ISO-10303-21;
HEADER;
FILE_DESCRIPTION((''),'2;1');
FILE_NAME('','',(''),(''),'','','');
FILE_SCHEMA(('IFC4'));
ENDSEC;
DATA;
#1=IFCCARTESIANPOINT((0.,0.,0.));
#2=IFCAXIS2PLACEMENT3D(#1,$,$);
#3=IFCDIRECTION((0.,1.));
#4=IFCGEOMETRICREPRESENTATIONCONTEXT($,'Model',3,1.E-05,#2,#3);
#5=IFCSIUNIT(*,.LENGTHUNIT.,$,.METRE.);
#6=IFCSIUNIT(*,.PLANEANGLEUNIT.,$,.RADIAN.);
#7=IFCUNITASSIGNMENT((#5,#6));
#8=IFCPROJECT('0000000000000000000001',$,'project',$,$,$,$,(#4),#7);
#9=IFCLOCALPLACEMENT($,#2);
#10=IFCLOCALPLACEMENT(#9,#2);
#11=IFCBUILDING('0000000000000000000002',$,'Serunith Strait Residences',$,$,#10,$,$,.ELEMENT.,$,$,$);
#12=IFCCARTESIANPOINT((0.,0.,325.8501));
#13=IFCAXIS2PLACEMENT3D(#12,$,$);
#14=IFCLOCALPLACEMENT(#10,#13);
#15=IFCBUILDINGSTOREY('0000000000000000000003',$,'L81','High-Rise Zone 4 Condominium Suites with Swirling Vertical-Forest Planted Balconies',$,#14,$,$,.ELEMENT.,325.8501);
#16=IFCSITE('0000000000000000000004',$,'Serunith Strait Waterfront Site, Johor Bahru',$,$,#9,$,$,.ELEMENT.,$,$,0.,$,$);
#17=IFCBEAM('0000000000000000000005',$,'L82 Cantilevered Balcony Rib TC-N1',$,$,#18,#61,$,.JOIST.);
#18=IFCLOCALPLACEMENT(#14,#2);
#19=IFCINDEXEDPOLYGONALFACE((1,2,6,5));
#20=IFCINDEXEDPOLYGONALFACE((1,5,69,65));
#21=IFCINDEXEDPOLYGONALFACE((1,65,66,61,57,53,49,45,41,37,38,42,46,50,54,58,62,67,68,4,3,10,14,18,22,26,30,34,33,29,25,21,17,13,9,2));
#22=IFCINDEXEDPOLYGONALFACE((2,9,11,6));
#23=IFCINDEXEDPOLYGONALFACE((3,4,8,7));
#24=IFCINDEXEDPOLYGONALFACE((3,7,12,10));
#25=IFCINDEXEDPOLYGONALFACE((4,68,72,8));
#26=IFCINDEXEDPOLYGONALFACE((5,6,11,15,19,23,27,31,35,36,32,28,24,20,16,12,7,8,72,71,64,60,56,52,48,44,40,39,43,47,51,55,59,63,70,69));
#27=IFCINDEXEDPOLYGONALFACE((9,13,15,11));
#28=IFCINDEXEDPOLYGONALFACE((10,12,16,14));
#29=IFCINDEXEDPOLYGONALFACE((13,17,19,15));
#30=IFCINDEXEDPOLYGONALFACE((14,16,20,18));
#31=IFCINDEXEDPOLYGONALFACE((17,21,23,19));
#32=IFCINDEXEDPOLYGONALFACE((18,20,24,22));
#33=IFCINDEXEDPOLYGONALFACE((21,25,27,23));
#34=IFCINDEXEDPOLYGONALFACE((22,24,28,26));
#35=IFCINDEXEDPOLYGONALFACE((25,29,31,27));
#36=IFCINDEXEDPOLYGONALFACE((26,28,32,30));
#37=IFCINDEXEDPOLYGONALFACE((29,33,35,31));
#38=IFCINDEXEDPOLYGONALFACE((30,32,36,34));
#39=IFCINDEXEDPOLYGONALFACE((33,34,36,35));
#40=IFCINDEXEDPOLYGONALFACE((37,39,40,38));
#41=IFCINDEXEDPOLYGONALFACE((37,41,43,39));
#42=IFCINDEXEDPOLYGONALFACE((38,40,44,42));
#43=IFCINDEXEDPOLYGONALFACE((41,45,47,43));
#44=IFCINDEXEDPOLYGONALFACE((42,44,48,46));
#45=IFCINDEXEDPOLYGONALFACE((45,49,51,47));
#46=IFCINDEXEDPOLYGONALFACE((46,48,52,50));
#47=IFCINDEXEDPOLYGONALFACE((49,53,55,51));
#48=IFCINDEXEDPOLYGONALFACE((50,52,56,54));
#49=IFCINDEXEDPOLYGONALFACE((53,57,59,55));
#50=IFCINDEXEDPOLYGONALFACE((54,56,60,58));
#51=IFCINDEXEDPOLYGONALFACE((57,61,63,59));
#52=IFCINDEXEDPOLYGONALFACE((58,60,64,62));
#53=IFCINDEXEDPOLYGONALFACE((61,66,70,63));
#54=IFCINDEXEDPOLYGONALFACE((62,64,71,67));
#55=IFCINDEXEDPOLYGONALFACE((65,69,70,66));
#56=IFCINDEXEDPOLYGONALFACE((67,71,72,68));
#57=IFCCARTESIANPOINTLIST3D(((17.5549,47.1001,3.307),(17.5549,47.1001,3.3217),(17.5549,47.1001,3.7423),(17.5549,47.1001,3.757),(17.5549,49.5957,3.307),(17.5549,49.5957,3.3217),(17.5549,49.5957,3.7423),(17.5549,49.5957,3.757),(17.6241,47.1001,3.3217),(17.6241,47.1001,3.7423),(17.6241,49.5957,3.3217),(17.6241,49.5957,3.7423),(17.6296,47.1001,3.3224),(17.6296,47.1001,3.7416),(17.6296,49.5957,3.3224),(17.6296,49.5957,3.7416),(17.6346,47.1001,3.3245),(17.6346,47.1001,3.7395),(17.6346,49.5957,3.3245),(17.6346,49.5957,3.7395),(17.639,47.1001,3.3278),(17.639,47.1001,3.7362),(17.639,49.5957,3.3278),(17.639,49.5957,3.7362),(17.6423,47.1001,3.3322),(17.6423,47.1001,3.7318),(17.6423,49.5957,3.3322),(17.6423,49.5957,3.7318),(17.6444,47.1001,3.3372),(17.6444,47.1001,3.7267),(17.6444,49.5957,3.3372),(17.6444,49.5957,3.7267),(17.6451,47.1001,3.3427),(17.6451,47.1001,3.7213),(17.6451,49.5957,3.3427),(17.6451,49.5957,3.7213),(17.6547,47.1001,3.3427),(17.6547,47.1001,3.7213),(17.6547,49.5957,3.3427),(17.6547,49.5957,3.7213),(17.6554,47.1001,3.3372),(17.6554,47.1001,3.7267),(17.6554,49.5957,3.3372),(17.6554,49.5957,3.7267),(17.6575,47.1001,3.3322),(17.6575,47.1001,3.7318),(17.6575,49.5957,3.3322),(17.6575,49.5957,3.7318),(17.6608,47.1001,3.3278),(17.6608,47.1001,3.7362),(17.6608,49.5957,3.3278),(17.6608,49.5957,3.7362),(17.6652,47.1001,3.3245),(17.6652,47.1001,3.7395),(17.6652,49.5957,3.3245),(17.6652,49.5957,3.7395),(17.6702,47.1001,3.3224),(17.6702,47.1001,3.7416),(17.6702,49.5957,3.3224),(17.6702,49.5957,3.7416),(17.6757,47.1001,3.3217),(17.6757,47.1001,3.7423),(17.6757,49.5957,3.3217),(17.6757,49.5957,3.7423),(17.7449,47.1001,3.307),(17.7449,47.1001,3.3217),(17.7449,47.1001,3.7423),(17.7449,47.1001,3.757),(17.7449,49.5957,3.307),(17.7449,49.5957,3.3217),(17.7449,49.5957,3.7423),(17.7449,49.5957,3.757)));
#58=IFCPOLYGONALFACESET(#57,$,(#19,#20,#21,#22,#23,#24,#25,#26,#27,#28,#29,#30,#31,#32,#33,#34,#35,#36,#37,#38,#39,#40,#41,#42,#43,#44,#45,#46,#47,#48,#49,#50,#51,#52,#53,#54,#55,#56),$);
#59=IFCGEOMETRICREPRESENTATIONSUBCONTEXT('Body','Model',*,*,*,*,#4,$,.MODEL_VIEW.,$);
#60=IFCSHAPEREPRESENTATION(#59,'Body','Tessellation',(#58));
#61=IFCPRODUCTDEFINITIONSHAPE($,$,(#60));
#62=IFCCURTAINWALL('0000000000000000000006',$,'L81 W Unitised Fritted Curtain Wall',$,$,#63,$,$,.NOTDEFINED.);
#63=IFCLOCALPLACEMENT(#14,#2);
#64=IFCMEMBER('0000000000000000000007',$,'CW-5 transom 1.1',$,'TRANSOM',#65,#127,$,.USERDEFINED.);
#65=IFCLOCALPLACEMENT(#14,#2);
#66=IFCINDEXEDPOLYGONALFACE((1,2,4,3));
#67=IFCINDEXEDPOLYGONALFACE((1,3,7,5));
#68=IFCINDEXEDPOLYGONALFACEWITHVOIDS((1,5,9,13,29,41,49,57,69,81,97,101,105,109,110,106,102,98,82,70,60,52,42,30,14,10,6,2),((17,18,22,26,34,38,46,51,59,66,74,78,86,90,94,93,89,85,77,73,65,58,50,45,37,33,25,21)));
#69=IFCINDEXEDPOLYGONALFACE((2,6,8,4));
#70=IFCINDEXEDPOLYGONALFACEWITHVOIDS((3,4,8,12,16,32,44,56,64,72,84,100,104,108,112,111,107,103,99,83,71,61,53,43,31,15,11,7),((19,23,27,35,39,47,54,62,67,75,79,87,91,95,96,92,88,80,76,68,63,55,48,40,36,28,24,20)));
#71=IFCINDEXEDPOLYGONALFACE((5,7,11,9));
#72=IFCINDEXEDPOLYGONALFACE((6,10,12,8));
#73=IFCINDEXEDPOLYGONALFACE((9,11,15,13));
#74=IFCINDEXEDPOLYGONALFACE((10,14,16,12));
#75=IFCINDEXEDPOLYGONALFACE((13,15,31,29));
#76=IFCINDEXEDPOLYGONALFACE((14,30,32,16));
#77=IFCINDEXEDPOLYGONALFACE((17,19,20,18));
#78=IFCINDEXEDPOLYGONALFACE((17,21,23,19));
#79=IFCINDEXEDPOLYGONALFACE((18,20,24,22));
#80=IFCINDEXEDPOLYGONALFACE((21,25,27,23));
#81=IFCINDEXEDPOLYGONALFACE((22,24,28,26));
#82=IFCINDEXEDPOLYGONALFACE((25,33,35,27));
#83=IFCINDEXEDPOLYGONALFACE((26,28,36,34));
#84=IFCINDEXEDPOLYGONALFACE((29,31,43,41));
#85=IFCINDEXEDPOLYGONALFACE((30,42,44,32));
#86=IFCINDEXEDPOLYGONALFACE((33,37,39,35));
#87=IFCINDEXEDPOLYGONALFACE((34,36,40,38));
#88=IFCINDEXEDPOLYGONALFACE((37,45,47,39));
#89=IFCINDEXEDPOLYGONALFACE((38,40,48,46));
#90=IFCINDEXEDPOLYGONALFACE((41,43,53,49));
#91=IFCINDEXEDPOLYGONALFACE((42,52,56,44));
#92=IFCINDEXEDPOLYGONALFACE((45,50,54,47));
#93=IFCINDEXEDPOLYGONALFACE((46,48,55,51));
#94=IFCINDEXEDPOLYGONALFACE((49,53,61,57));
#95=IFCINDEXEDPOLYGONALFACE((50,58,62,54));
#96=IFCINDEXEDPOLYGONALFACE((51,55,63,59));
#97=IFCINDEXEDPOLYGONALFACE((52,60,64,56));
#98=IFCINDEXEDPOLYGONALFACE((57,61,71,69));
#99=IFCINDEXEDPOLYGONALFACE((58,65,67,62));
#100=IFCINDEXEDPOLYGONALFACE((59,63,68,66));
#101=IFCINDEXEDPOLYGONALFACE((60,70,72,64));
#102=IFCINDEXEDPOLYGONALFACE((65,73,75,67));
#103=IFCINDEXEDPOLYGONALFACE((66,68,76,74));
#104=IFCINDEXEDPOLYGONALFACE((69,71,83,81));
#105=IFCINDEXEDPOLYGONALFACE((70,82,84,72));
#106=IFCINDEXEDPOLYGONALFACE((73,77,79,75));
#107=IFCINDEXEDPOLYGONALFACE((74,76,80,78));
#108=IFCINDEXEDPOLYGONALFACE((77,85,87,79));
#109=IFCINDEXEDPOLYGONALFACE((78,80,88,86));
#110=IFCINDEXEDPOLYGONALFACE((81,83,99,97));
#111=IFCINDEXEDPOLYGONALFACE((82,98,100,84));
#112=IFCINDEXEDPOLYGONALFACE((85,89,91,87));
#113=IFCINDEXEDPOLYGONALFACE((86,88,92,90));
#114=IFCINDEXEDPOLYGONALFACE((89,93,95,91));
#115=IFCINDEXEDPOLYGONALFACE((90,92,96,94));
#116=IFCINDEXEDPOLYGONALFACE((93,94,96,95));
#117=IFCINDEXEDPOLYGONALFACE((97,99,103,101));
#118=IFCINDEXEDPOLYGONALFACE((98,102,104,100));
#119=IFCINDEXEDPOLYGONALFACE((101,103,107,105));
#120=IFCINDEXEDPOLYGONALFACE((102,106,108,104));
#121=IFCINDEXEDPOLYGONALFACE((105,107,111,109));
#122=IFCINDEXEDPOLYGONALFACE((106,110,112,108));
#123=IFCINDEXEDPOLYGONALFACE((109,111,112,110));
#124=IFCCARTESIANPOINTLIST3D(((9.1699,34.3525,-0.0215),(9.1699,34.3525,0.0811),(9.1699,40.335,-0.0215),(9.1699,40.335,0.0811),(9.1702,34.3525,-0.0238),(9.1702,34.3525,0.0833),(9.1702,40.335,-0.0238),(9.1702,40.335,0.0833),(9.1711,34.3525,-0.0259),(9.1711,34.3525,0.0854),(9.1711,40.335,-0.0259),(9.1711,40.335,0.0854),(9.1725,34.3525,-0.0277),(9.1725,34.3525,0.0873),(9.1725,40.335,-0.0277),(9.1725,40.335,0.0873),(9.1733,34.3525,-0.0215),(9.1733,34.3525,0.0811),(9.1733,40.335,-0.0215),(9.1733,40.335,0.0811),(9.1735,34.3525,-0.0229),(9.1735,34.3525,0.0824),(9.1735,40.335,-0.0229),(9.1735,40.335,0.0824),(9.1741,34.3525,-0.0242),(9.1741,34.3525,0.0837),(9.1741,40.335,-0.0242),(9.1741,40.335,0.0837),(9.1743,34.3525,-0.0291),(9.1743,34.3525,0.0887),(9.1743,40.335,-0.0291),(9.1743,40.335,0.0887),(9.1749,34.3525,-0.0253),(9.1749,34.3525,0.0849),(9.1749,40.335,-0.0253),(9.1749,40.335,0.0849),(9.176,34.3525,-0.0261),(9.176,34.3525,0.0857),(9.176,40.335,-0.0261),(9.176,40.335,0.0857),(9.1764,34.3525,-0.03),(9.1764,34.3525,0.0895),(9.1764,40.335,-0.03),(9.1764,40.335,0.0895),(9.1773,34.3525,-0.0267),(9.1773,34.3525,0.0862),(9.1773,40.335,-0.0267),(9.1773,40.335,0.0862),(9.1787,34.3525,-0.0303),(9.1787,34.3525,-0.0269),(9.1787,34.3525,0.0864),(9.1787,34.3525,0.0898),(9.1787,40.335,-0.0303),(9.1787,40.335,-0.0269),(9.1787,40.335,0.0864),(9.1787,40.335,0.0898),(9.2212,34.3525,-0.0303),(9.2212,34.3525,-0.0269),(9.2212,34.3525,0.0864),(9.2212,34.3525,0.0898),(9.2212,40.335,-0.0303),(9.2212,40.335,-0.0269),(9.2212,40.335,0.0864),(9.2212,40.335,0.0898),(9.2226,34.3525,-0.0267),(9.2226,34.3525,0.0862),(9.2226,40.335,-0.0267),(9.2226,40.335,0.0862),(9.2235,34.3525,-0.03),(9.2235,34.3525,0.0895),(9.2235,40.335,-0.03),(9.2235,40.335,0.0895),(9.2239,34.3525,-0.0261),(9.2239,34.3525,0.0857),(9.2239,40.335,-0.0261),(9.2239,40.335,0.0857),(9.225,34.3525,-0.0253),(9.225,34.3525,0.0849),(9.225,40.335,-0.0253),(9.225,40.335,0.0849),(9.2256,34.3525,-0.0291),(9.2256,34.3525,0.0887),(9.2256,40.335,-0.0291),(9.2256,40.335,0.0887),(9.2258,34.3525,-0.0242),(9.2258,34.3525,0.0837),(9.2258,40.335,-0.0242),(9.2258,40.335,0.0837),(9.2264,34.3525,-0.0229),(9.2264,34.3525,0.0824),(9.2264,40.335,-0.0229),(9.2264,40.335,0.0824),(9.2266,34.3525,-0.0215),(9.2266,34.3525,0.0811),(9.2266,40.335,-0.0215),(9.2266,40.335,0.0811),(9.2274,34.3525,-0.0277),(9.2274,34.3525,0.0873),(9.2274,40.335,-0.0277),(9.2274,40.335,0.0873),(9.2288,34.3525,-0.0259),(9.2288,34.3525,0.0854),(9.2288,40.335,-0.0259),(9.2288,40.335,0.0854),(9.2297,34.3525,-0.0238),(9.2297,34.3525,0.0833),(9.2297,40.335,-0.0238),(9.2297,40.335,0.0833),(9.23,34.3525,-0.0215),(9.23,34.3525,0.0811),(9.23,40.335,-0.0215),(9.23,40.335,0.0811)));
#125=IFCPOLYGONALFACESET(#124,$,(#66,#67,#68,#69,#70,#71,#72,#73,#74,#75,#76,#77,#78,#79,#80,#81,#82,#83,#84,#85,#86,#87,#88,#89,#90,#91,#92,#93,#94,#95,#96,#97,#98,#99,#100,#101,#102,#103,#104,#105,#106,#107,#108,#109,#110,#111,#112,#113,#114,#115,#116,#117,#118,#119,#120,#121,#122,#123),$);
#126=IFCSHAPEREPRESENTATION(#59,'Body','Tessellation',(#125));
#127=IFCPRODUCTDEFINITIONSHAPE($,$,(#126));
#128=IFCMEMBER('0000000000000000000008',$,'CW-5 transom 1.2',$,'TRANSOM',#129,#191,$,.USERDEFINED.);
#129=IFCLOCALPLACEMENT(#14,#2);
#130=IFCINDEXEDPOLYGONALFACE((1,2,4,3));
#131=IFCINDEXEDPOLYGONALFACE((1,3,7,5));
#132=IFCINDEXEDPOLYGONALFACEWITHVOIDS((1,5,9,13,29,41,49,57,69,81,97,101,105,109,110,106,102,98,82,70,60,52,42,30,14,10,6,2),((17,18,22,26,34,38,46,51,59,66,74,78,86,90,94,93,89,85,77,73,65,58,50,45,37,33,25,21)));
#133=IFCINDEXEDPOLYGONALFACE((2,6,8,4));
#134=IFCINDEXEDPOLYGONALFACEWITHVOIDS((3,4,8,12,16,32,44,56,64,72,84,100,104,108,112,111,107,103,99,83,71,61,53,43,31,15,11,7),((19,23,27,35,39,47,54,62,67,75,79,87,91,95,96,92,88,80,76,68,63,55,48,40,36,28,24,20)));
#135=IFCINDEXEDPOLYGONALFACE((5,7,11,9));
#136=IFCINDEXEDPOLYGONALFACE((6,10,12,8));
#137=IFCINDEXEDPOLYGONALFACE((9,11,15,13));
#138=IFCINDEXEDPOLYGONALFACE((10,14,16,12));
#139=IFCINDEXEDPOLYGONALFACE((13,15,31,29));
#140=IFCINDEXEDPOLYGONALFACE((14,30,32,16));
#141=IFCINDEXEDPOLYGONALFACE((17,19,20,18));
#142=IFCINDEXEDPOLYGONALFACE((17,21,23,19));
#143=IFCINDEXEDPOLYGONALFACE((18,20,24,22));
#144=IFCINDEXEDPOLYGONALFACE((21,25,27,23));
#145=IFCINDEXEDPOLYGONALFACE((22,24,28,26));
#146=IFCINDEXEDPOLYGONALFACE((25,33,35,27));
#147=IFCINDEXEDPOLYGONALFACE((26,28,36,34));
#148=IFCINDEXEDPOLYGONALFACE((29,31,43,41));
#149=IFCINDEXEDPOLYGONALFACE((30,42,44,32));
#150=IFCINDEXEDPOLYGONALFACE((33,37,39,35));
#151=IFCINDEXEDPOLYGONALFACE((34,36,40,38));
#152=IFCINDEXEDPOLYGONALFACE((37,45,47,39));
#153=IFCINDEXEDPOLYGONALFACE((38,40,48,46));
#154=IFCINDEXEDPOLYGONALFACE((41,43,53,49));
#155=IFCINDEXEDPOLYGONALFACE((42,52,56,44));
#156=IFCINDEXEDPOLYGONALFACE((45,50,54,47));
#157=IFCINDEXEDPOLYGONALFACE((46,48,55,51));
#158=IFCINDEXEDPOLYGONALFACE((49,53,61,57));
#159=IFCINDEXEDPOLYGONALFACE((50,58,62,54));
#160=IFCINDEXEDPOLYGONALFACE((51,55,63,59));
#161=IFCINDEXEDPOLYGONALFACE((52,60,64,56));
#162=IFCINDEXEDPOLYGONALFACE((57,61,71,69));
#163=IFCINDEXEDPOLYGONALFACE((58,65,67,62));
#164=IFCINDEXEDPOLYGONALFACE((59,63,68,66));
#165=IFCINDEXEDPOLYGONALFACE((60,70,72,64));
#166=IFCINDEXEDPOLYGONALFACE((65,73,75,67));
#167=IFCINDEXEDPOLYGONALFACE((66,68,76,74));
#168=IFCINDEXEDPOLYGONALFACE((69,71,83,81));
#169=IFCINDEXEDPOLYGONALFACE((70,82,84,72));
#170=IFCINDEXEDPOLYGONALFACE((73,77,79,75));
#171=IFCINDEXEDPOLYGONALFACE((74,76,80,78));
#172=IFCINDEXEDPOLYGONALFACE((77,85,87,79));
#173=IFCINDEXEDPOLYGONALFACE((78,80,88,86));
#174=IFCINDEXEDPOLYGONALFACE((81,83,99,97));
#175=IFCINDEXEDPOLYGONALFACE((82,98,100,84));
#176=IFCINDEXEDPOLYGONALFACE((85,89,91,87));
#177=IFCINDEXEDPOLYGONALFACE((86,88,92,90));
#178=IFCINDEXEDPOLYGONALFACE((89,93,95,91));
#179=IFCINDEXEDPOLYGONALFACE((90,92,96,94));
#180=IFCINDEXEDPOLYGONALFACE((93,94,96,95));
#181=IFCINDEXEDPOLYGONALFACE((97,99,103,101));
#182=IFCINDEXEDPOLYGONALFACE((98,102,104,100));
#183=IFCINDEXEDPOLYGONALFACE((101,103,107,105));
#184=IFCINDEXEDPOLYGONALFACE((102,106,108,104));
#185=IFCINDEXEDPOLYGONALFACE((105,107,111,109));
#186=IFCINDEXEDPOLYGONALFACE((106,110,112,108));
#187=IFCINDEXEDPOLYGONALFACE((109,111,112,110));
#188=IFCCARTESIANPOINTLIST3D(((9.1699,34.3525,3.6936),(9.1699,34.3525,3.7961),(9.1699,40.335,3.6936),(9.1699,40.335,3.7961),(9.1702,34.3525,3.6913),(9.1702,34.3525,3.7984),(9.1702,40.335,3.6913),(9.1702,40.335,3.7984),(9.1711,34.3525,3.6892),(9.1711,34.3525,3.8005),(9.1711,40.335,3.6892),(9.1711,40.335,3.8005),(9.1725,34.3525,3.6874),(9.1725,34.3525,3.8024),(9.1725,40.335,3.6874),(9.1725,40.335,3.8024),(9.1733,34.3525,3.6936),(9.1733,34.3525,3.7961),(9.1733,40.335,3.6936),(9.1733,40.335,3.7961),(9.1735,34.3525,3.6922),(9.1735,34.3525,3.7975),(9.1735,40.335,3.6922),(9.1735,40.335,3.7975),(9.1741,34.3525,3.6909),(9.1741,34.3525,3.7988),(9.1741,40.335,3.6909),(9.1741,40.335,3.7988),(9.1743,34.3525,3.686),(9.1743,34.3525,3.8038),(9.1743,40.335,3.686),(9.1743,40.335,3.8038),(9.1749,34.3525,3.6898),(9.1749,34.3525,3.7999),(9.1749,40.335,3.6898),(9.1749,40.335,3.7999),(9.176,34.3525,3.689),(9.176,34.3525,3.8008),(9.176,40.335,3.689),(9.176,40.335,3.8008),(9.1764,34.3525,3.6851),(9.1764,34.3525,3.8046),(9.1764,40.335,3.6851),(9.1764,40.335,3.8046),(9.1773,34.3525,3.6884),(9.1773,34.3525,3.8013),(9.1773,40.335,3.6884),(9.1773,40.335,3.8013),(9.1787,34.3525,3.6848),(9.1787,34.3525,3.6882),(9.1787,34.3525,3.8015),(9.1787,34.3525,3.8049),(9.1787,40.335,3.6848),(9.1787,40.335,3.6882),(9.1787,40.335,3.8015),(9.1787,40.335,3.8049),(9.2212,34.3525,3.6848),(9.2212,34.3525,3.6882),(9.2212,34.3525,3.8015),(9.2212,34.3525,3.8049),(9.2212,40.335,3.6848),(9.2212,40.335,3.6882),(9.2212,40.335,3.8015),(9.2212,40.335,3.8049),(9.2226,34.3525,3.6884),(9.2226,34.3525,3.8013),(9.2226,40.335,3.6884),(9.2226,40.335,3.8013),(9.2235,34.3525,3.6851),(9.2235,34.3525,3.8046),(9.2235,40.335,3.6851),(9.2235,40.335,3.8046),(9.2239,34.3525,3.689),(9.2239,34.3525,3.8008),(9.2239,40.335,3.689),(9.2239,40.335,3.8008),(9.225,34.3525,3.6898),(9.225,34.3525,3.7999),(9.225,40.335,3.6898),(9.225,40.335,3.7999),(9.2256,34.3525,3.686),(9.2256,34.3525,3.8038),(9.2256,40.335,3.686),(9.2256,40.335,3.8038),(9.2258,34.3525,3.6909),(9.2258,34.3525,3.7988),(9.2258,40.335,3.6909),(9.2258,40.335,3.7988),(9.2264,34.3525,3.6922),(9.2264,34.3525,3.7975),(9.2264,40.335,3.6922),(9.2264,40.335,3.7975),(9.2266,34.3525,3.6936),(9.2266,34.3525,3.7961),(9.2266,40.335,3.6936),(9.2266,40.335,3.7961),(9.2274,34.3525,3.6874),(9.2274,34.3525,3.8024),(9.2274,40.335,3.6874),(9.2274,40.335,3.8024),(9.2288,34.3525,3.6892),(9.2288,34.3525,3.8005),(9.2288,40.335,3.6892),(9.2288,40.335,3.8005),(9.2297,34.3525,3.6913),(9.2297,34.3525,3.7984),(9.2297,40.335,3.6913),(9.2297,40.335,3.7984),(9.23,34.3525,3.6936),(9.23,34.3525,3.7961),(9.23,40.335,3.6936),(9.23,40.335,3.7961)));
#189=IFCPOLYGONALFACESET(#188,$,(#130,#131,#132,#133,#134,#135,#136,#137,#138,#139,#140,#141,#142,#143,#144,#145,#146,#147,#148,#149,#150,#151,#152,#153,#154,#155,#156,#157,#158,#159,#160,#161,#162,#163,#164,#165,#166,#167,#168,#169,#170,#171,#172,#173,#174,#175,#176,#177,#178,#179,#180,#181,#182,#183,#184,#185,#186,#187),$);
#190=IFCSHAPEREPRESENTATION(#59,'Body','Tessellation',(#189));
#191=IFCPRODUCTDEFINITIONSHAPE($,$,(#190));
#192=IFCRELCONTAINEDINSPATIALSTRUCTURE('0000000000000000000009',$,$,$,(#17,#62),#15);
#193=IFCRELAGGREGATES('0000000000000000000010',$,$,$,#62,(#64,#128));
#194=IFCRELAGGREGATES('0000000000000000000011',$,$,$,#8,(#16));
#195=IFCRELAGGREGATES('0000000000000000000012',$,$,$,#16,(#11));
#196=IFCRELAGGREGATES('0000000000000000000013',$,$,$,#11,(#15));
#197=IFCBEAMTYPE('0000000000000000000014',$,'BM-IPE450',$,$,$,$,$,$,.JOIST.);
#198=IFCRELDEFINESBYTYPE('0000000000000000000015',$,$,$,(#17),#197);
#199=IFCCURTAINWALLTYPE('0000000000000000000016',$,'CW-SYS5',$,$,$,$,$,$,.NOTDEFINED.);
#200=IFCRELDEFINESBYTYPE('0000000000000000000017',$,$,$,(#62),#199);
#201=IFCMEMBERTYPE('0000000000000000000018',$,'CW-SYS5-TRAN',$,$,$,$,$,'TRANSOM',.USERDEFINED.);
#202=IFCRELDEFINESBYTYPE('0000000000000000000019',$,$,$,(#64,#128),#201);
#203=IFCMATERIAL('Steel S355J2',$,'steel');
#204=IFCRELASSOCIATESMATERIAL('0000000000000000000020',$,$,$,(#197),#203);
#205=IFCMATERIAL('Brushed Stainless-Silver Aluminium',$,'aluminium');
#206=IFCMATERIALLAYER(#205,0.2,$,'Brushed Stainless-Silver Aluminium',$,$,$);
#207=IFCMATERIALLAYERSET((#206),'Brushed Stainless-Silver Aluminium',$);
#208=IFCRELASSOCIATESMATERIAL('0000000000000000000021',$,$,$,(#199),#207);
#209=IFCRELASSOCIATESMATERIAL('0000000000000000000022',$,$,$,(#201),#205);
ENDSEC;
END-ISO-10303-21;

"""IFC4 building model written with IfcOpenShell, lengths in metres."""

from ifc_helpers import new_model, si_unit, direction, frame, origin, origin_2d, place, context, subcontext, project, spatial, hollow_rectangle, i_section, extrude, source, transform, mapped, material, layer, layer_set, material_profile, profile_set, type_object, element, aggregate, save


model = new_model("IFC4")

# Units and contexts
model_context = context("Model", 3, precision=1e-05, world=origin(), true_north=direction((0.0, 1.0)))
body_context = subcontext(model_context, "Body", "Model", "MODEL_VIEW")
ifc_project = project(units=[si_unit("LENGTHUNIT", "METRE"), si_unit("PLANEANGLEUNIT", "RADIAN")], contexts=[model_context])

# Site, building, storey
site_placement = place(None, origin())
site = spatial("IfcSite", under=ifc_project, at=site_placement, Name="Serunith Strait Waterfront Site, Johor Bahru", CompositionType="ELEMENT", RefElevation=0.0)
building_placement = place(site_placement, origin())
building = spatial("IfcBuilding", under=site, at=building_placement, Name="Serunith Strait Residences", CompositionType="ELEMENT")
storey_placement = place(building_placement, frame((0.0, 0.0, 325.8501)))
storey = spatial("IfcBuildingStorey", under=building, at=storey_placement, Name="L81", Description="High-Rise Zone 4 Condominium Suites with Swirling Vertical-Forest Planted Balconies", CompositionType="ELEMENT", Elevation=325.8501)

# Beam
ifc_material_1 = material(Name="Steel S355J2", Category="steel")
ifc_material_profile_1 = material_profile(ifc_material_1, i_section(OverallWidth=0.1899, OverallDepth=0.45, WebThickness=0.0095, FlangeThickness=0.0146, FilletRadius=0.021, at=origin_2d()), Name="IPE 450")
ifc_profile_set_1 = profile_set([ifc_material_profile_1], Name="Steel S355J2")
beam_type_1 = type_object("IfcBeamType", Name="BM-IPE450", PredefinedType="JOIST", material=ifc_profile_set_1)
shared_shape_1 = source(origin(), body_context, "Body", "SweptSolid", [
    extrude(i_section(OverallWidth=0.1899, OverallDepth=0.45, WebThickness=0.0095, FlangeThickness=0.0146, FilletRadius=0.021, at=origin_2d()), origin(), (0.0, 0.0, 1.0), 2.4956),
])
beam_1_placement = place(storey_placement, frame((17.6499, 47.1001, 3.532), z_axis=(0.0, 1.0, 0.0), x_axis=(-1.0, 0.0, 0.0)))
element("IfcBeam", 1, at=beam_1_placement, inside=storey, type_object=beam_type_1, Name="L82 Cantilevered Balcony Rib TC-N1", PredefinedType="JOIST", context=body_context, shape_type="MappedRepresentation", body=[
    mapped(shared_shape_1, transform((0.0, 0.0, 0.0), scale=1.0)),
])

# Curtain wall, members
ifc_material_2 = material(Name="Brushed Stainless-Silver Aluminium", Category="aluminium")
ifc_layer_1 = layer(ifc_material_2, 0.2, Name="Brushed Stainless-Silver Aluminium")
ifc_layer_set_1 = layer_set([ifc_layer_1], Name="Brushed Stainless-Silver Aluminium")
curtain_wall_type = type_object("IfcCurtainWallType", Name="CW-SYS5", PredefinedType="NOTDEFINED", material=ifc_layer_set_1)
curtain_wall_1_placement = place(storey_placement, origin())
curtain_wall_1 = element("IfcCurtainWall", 2, at=curtain_wall_1_placement, inside=storey, type_object=curtain_wall_type, Name="L81 W Unitised Fritted Curtain Wall", PredefinedType="NOTDEFINED")
ifc_material_profile_2 = material_profile(ifc_material_2, hollow_rectangle(XDim=0.0601, YDim=0.1201, WallThickness=0.0034, InnerFilletRadius=0.0054, OuterFilletRadius=0.0088, at=origin_2d()), Name="ALU 120x60x3.5")
ifc_profile_set_2 = profile_set([ifc_material_profile_2], Name="Brushed Stainless-Silver Aluminium")
member_type_1 = type_object("IfcMemberType", Name="CW-SYS5-TRAN", ElementType="TRANSOM", PredefinedType="USERDEFINED", material=ifc_profile_set_2)
shared_shape_2 = source(origin(), body_context, "Body", "SweptSolid", [
    extrude(hollow_rectangle(XDim=0.0601, YDim=0.1201, WallThickness=0.0034, InnerFilletRadius=0.0054, OuterFilletRadius=0.0088, at=origin_2d()), origin(), (0.0, 0.0, 1.0), 5.9824),
])
member_1_placement = place(storey_placement, frame((9.2, 40.335, 0.0298), z_axis=(0.0, -1.0, 0.0), x_axis=(1.0, 0.0, 0.0)))
member_1 = element("IfcMember", 3, at=member_1_placement, type_object=member_type_1, Name="CW-5 transom 1.1", ObjectType="TRANSOM", PredefinedType="USERDEFINED", context=body_context, shape_type="MappedRepresentation", body=[
    mapped(shared_shape_2, transform((0.0, 0.0, 0.0), scale=1.0)),
])
member_2_placement = place(storey_placement, frame((9.2, 40.335, 3.7449), z_axis=(0.0, -1.0, 0.0), x_axis=(1.0, 0.0, 0.0)))
member_2 = element("IfcMember", 4, at=member_2_placement, type_object=member_type_1, Name="CW-5 transom 1.2", ObjectType="TRANSOM", PredefinedType="USERDEFINED", context=body_context, shape_type="MappedRepresentation", body=[
    mapped(shared_shape_2, transform((0.0, 0.0, 0.0), scale=1.0)),
])

aggregate(curtain_wall_1, [member_1, member_2])

save(model, "model.ifc")
